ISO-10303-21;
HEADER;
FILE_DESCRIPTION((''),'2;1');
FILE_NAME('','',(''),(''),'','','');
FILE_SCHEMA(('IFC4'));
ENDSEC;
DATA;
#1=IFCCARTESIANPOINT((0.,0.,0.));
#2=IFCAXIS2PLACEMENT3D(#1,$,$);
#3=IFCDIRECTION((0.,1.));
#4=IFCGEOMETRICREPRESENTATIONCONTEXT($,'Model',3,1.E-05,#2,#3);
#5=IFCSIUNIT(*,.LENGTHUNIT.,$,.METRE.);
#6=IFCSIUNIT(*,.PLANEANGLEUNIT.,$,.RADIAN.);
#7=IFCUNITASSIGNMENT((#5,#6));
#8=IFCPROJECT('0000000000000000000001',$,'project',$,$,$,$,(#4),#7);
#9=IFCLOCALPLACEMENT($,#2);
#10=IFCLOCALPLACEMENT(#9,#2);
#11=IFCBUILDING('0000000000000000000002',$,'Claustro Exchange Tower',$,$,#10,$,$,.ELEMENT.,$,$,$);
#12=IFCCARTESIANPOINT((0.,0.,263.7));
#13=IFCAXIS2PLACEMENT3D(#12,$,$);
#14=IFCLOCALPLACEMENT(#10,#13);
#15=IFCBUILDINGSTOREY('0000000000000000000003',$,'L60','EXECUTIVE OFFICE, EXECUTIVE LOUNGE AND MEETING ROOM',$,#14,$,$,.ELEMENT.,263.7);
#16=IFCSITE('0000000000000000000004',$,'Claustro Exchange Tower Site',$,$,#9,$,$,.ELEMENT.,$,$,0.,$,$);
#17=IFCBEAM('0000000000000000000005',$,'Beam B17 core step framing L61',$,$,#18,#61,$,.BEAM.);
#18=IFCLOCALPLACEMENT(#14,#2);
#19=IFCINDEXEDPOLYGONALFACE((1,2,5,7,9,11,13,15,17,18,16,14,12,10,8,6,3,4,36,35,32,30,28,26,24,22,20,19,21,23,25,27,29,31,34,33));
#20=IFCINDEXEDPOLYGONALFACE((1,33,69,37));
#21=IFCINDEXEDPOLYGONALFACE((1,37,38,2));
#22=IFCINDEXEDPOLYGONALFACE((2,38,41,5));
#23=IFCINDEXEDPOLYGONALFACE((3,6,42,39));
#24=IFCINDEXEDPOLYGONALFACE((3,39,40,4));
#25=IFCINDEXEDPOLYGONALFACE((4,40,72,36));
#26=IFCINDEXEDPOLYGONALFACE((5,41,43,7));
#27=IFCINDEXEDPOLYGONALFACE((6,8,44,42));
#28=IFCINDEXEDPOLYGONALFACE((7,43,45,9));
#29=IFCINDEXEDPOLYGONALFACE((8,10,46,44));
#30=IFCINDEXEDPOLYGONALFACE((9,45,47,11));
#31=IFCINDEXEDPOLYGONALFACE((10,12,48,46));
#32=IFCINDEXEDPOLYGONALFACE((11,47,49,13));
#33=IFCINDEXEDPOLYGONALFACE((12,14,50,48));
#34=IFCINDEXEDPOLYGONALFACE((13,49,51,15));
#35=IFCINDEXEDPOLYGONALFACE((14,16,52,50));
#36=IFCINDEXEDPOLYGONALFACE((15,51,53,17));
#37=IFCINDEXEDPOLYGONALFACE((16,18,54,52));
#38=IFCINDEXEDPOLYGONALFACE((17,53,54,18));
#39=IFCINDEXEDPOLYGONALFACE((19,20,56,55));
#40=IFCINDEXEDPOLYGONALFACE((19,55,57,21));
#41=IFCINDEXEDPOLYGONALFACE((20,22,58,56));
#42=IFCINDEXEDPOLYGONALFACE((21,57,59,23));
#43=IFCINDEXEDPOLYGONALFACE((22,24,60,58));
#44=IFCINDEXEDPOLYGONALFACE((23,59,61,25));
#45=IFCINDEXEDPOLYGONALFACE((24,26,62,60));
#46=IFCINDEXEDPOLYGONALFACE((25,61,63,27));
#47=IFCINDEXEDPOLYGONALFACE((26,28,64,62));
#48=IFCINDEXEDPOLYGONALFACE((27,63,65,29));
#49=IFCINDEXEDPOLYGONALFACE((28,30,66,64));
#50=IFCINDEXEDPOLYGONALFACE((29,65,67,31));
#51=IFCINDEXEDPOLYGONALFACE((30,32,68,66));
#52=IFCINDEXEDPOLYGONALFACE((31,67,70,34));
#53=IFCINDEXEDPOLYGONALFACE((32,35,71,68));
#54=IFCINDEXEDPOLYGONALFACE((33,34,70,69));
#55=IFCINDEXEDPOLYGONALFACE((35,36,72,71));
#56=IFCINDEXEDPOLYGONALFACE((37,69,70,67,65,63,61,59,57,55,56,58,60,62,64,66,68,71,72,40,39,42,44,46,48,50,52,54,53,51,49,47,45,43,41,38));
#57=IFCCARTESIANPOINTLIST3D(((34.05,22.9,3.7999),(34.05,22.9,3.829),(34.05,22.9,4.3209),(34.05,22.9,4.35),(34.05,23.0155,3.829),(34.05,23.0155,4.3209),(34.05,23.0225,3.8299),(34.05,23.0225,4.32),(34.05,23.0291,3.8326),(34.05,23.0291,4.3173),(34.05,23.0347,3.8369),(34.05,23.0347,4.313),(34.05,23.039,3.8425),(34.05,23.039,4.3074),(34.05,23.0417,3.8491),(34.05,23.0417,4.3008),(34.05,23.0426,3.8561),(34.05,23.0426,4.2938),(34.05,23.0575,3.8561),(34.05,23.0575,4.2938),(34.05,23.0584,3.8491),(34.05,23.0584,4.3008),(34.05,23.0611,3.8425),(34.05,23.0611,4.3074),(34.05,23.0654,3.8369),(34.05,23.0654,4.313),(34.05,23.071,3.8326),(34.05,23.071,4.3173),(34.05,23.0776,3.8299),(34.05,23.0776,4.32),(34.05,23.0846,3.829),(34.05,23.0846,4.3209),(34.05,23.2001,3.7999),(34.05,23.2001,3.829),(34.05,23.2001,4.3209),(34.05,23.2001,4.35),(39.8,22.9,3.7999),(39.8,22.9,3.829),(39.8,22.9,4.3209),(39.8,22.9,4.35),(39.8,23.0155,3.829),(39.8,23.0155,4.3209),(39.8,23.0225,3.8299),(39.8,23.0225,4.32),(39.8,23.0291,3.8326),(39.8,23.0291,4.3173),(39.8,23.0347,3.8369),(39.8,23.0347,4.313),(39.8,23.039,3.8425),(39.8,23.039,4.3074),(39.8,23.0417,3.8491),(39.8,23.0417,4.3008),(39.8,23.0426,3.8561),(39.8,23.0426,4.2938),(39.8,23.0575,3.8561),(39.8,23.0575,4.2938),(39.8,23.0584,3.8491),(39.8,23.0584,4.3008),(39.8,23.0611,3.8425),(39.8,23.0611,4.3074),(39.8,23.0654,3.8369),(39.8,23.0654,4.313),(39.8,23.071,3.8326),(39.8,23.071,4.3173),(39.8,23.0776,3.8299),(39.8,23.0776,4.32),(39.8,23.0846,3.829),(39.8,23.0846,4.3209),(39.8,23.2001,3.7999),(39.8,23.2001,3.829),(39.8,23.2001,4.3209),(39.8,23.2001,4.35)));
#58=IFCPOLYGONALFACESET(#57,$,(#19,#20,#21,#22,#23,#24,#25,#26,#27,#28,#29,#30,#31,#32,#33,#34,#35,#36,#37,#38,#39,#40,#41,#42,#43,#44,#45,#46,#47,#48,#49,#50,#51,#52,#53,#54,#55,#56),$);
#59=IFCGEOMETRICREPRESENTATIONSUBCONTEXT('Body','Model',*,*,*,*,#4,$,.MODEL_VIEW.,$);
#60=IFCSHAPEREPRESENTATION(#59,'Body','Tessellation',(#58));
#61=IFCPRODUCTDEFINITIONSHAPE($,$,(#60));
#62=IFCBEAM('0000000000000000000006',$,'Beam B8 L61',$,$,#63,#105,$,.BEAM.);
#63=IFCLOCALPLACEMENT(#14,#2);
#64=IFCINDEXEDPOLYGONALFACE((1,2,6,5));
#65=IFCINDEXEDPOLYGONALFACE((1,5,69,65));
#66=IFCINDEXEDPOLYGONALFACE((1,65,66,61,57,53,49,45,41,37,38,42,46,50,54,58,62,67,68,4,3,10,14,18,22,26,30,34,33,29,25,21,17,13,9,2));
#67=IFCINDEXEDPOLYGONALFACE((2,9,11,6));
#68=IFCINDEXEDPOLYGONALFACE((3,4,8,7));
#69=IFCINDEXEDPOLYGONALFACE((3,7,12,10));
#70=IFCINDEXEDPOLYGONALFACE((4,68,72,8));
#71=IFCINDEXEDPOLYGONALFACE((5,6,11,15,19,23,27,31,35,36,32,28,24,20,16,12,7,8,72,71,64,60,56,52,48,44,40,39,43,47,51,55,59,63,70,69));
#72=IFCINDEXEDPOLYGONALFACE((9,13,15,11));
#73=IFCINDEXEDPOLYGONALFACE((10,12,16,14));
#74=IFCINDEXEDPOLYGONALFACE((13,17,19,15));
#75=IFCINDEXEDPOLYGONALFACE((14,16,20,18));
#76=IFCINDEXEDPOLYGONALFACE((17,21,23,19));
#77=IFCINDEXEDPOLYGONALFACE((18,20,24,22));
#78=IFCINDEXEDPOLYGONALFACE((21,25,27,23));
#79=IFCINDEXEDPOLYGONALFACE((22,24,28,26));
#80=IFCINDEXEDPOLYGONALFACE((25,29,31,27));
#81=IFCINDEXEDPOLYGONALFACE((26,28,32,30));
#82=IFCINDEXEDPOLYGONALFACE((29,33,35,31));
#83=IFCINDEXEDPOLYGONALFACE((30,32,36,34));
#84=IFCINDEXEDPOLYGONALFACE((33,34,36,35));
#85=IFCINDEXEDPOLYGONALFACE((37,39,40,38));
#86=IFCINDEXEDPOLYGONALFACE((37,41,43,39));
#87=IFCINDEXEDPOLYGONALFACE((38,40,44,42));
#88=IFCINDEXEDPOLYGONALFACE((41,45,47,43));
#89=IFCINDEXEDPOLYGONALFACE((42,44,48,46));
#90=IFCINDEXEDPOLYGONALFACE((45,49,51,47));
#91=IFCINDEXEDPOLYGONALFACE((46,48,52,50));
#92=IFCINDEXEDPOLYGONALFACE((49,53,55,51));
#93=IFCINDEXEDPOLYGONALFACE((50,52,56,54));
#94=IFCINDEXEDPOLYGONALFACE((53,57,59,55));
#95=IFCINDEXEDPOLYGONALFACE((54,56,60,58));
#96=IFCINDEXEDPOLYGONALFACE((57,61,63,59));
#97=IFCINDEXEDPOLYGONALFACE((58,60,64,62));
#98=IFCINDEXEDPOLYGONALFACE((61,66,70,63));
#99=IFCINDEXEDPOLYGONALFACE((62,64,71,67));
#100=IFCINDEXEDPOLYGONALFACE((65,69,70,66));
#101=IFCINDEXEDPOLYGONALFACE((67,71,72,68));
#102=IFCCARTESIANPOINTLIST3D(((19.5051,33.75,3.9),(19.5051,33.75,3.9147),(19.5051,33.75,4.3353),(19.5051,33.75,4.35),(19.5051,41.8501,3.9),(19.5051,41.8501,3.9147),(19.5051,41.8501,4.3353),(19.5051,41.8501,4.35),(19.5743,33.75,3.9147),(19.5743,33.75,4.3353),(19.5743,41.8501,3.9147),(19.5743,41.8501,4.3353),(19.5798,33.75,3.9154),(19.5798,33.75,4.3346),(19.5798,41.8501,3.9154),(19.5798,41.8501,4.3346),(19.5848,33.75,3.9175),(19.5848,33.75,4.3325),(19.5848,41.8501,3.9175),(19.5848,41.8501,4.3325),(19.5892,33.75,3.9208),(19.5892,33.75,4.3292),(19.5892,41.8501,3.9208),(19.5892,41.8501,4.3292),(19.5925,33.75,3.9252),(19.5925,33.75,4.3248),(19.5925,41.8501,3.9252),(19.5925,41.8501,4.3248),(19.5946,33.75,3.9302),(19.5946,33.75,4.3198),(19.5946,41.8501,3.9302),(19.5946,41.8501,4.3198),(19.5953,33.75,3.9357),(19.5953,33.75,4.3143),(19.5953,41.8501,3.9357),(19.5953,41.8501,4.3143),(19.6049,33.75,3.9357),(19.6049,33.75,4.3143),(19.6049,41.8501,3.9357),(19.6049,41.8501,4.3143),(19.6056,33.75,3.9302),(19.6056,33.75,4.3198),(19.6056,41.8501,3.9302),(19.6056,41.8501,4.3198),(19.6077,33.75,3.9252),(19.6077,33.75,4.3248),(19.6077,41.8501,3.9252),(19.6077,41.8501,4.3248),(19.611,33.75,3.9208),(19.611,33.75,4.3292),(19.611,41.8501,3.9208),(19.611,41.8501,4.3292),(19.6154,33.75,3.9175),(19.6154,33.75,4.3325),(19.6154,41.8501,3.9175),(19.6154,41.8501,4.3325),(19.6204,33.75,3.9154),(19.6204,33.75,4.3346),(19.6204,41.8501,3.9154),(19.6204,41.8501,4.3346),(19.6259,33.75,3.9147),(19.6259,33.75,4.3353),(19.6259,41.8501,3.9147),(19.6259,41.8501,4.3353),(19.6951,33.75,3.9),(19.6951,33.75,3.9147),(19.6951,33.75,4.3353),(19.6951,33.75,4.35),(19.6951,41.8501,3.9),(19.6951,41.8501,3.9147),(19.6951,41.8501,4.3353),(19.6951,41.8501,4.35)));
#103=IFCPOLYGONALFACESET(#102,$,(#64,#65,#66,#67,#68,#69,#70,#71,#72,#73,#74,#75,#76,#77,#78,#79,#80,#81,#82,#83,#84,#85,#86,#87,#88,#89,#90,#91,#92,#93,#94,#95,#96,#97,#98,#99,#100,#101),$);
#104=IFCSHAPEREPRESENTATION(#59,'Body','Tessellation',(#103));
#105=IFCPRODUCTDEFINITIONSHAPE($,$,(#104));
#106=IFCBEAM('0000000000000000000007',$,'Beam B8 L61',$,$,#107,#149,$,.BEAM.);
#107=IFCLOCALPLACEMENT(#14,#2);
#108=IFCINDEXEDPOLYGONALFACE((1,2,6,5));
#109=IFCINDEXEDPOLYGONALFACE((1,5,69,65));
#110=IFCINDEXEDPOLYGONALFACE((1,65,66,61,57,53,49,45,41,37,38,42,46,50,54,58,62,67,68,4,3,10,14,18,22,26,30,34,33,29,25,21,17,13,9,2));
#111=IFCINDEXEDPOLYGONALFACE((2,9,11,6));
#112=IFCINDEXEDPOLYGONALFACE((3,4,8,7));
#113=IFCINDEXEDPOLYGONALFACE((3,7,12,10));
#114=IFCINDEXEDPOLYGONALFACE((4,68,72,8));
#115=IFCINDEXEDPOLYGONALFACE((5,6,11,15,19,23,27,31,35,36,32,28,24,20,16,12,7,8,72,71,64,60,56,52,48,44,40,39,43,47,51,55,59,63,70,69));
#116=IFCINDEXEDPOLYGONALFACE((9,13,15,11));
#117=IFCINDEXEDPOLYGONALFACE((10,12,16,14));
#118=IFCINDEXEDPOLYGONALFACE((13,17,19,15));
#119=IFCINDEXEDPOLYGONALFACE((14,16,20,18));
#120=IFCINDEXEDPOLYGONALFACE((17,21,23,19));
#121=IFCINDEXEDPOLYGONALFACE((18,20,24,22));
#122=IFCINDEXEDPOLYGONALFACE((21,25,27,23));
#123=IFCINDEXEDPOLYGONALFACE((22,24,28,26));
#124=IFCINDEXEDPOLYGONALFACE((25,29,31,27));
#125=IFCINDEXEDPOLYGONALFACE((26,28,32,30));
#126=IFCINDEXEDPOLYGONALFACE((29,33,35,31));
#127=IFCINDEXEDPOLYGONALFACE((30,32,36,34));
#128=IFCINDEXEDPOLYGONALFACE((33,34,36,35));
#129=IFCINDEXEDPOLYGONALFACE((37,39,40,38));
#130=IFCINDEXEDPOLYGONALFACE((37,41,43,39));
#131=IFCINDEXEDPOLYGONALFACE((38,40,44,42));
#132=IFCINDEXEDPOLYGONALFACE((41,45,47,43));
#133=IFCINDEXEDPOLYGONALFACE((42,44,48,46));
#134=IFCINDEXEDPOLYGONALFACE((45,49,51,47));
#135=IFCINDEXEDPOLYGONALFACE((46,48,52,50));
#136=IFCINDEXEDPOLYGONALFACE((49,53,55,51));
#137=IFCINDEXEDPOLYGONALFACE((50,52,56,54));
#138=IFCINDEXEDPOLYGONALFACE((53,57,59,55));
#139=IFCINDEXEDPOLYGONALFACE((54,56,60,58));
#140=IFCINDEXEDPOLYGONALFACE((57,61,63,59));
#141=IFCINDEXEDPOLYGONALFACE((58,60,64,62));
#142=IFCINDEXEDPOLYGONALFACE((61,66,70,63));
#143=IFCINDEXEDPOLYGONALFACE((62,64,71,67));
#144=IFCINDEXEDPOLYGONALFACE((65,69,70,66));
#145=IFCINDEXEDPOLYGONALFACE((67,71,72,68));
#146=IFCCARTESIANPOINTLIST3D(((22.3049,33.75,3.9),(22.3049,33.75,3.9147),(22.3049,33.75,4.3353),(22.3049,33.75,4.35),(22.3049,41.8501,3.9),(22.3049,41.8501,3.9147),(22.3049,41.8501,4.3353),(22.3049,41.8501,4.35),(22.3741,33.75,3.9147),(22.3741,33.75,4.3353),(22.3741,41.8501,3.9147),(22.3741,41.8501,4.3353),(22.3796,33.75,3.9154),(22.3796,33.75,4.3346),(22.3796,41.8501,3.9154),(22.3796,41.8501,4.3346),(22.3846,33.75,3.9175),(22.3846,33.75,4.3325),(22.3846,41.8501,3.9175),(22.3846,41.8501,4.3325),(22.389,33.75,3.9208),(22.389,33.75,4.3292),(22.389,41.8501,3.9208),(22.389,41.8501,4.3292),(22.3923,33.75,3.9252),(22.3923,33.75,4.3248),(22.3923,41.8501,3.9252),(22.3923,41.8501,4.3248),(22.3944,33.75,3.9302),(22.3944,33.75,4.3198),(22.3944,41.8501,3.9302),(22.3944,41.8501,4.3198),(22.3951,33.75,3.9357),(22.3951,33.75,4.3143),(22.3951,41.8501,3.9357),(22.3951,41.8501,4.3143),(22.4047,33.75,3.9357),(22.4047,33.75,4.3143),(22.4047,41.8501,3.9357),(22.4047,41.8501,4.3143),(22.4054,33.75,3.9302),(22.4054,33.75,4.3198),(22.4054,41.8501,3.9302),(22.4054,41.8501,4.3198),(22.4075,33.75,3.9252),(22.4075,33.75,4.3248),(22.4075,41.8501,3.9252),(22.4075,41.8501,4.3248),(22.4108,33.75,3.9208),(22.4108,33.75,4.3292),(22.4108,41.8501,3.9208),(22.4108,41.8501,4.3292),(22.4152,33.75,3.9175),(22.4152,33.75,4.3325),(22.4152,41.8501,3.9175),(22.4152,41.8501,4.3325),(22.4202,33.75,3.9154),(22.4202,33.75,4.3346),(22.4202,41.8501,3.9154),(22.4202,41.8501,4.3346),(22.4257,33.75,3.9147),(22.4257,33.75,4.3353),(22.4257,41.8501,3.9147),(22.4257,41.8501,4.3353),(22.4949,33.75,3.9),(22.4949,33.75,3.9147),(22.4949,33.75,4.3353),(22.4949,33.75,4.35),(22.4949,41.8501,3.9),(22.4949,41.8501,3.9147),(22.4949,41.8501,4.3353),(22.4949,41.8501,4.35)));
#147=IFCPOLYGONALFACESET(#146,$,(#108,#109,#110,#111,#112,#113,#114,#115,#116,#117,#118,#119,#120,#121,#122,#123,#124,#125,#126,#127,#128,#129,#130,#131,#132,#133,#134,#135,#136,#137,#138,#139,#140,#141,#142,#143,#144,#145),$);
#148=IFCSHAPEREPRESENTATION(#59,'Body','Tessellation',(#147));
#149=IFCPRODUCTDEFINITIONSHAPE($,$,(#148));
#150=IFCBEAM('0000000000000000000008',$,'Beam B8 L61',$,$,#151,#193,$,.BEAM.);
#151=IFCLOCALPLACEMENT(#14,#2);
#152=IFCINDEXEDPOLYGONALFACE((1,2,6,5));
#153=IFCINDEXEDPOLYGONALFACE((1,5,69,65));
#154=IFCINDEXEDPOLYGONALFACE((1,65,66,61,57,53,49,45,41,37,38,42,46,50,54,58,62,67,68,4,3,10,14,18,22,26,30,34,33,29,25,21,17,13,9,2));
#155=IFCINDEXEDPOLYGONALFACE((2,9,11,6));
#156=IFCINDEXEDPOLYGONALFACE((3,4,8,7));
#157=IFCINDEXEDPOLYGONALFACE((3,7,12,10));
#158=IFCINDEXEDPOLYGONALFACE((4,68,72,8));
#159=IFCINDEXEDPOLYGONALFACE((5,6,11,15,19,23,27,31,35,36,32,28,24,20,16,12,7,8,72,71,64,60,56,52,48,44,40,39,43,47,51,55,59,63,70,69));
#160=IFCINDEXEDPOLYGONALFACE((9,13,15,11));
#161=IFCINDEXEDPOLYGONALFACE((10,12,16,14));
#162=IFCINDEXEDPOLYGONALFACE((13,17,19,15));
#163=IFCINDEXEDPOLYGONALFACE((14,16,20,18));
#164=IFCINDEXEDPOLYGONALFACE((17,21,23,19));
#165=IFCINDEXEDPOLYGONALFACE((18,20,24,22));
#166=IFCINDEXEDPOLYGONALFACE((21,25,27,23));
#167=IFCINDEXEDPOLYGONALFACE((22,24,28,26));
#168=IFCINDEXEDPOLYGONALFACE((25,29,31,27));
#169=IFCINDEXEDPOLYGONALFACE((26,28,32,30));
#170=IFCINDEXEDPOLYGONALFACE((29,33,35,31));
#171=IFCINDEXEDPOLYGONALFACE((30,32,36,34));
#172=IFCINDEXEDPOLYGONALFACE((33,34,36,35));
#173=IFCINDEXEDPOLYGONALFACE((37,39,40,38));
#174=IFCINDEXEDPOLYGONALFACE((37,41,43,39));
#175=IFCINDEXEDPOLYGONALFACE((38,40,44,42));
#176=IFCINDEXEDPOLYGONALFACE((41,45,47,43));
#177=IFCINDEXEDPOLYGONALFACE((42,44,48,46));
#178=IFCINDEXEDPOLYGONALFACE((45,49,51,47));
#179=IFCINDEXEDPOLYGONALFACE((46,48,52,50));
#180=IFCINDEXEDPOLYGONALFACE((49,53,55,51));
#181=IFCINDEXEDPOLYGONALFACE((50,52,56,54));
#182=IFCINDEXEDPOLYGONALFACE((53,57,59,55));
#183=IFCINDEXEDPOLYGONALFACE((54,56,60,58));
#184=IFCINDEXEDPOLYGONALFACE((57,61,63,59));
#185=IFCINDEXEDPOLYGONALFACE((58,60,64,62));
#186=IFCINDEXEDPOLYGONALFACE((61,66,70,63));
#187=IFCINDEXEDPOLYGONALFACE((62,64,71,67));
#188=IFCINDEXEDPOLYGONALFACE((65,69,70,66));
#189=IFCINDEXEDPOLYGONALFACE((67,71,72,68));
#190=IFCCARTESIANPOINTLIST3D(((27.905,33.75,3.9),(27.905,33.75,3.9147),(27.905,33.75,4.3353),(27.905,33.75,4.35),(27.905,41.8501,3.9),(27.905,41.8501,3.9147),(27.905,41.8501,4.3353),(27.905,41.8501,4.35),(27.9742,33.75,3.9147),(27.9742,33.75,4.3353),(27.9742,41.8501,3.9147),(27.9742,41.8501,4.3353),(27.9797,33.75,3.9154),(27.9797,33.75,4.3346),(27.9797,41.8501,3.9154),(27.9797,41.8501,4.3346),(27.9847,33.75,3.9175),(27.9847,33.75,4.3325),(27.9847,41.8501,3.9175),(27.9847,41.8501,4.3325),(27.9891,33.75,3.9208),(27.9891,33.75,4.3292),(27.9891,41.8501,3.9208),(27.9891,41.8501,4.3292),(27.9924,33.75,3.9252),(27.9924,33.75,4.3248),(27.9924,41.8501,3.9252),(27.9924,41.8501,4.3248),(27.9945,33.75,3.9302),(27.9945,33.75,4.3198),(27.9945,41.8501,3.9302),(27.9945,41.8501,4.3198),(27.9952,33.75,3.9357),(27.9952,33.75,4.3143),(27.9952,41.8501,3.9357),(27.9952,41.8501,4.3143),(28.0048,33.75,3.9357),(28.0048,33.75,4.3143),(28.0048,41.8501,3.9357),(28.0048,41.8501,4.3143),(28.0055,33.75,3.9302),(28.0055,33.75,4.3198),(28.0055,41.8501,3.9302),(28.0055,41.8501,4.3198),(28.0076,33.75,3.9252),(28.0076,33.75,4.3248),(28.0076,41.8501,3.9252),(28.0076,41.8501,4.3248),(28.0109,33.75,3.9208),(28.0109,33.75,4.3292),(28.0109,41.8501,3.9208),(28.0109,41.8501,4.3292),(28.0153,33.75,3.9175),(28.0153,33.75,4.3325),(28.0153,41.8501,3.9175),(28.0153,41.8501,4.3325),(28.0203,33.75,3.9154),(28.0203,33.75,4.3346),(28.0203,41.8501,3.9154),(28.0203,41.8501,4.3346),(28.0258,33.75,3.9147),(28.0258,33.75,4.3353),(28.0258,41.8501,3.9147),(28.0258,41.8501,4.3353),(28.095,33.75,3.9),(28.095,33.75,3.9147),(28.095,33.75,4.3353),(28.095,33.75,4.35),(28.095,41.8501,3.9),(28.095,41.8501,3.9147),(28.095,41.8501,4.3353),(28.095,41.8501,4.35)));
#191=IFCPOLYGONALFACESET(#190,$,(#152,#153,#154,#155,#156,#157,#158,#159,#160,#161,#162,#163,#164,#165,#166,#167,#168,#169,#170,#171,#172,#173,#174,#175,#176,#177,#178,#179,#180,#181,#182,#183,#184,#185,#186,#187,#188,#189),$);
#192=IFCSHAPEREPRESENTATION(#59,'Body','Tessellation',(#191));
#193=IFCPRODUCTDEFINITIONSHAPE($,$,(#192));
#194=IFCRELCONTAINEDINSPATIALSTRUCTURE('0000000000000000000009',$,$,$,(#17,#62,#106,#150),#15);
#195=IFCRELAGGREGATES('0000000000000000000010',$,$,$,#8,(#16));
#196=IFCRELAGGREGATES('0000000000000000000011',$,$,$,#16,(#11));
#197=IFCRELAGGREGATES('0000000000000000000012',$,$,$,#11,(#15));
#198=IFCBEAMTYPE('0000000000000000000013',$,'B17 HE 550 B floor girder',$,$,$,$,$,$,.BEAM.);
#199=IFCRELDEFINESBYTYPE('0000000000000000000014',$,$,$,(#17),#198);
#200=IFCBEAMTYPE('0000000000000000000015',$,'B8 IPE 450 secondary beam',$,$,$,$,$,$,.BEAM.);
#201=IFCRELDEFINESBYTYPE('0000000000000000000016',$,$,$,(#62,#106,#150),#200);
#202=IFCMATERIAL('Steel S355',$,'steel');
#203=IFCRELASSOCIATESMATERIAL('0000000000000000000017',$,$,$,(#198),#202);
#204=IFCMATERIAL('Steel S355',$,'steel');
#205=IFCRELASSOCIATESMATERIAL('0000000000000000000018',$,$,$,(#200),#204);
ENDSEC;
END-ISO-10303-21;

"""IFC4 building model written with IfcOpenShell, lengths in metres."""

from ifc_helpers import new_model, si_unit, direction, frame, origin, origin_2d, place, context, subcontext, project, spatial, i_section, extrude, material, material_profile, profile_set, type_object, element, save


model = new_model("IFC4")

# Units and contexts
model_context = context("Model", 3, precision=1e-05, world=origin(), true_north=direction((0.0, 1.0)))
body_context = subcontext(model_context, "Body", "Model", "MODEL_VIEW")
ifc_project = project(units=[si_unit("LENGTHUNIT", "METRE"), si_unit("PLANEANGLEUNIT", "RADIAN")], contexts=[model_context])

# Site, building, storey
site_placement = place(None, origin())
site = spatial("IfcSite", under=ifc_project, at=site_placement, Name="Claustro Exchange Tower Site", CompositionType="ELEMENT", RefElevation=0.0)
building_placement = place(site_placement, origin())
building = spatial("IfcBuilding", under=site, at=building_placement, Name="Claustro Exchange Tower", CompositionType="ELEMENT")
storey_placement = place(building_placement, frame((0.0, 0.0, 263.7)))
storey = spatial("IfcBuildingStorey", under=building, at=storey_placement, Name="L60", Description="EXECUTIVE OFFICE, EXECUTIVE LOUNGE AND MEETING ROOM", CompositionType="ELEMENT", Elevation=263.7)

# Beams
ifc_material_1 = material(Name="Steel S355", Category="steel")
ifc_material_profile_1 = material_profile(ifc_material_1, i_section(OverallWidth=0.3, OverallDepth=0.55, WebThickness=0.0149, FlangeThickness=0.0291, FilletRadius=0.0271, at=origin_2d()), Name="HE 550 B")
ifc_profile_set_1 = profile_set([ifc_material_profile_1], Name="Steel S355")
beam_type_1 = type_object("IfcBeamType", Name="B17 HE 550 B floor girder", PredefinedType="BEAM", material=ifc_profile_set_1)
beam_1_placement = place(storey_placement, frame((34.05, 23.05, 4.075), z_axis=(1.0, 0.0, 0.0), x_axis=(0.0, 1.0, 0.0)))
element("IfcBeam", 1, at=beam_1_placement, inside=storey, type_object=beam_type_1, Name="Beam B17 core step framing L61", PredefinedType="BEAM", context=body_context, shape_type="SweptSolid", body=[
    extrude(i_section(OverallWidth=0.3, OverallDepth=0.55, WebThickness=0.0149, FlangeThickness=0.0291, FilletRadius=0.0271, at=origin_2d()), origin(), (0.0, 0.0, 1.0), 5.75),
])
ifc_material_2 = material(Name="Steel S355", Category="steel")
ifc_material_profile_2 = material_profile(ifc_material_2, i_section(OverallWidth=0.1899, OverallDepth=0.45, WebThickness=0.0095, FlangeThickness=0.0146, FilletRadius=0.021, at=origin_2d()), Name="IPE 450")
ifc_profile_set_2 = profile_set([ifc_material_profile_2], Name="Steel S355")
beam_type_2 = type_object("IfcBeamType", Name="B8 IPE 450 secondary beam", PredefinedType="BEAM", material=ifc_profile_set_2)
for number, where, z_axis, x_axis, name in (
    (2, (19.6001, 33.75, 4.125), (0.0, 1.0, 0.0), (-1.0, 0.0, 0.0), "Beam B8 L61"),
    (3, (22.3999, 33.75, 4.125), (0.0, 1.0, 0.0), (-1.0, 0.0, 0.0), "Beam B8 L61"),
    (4, (28.0, 33.75, 4.125), (0.0, 1.0, 0.0), (-1.0, 0.0, 0.0), "Beam B8 L61"),
):
    element("IfcBeam", number, at=place(storey_placement, frame(where, z_axis=z_axis, x_axis=x_axis)), inside=storey, type_object=beam_type_2, Name=name, PredefinedType="BEAM", context=body_context, shape_type="SweptSolid", body=[
        extrude(i_section(OverallWidth=0.1899, OverallDepth=0.45, WebThickness=0.0095, FlangeThickness=0.0146, FilletRadius=0.021, at=origin_2d()), origin(), (0.0, 0.0, 1.0), 8.1001),
    ])

save(model, "model.ifc")
